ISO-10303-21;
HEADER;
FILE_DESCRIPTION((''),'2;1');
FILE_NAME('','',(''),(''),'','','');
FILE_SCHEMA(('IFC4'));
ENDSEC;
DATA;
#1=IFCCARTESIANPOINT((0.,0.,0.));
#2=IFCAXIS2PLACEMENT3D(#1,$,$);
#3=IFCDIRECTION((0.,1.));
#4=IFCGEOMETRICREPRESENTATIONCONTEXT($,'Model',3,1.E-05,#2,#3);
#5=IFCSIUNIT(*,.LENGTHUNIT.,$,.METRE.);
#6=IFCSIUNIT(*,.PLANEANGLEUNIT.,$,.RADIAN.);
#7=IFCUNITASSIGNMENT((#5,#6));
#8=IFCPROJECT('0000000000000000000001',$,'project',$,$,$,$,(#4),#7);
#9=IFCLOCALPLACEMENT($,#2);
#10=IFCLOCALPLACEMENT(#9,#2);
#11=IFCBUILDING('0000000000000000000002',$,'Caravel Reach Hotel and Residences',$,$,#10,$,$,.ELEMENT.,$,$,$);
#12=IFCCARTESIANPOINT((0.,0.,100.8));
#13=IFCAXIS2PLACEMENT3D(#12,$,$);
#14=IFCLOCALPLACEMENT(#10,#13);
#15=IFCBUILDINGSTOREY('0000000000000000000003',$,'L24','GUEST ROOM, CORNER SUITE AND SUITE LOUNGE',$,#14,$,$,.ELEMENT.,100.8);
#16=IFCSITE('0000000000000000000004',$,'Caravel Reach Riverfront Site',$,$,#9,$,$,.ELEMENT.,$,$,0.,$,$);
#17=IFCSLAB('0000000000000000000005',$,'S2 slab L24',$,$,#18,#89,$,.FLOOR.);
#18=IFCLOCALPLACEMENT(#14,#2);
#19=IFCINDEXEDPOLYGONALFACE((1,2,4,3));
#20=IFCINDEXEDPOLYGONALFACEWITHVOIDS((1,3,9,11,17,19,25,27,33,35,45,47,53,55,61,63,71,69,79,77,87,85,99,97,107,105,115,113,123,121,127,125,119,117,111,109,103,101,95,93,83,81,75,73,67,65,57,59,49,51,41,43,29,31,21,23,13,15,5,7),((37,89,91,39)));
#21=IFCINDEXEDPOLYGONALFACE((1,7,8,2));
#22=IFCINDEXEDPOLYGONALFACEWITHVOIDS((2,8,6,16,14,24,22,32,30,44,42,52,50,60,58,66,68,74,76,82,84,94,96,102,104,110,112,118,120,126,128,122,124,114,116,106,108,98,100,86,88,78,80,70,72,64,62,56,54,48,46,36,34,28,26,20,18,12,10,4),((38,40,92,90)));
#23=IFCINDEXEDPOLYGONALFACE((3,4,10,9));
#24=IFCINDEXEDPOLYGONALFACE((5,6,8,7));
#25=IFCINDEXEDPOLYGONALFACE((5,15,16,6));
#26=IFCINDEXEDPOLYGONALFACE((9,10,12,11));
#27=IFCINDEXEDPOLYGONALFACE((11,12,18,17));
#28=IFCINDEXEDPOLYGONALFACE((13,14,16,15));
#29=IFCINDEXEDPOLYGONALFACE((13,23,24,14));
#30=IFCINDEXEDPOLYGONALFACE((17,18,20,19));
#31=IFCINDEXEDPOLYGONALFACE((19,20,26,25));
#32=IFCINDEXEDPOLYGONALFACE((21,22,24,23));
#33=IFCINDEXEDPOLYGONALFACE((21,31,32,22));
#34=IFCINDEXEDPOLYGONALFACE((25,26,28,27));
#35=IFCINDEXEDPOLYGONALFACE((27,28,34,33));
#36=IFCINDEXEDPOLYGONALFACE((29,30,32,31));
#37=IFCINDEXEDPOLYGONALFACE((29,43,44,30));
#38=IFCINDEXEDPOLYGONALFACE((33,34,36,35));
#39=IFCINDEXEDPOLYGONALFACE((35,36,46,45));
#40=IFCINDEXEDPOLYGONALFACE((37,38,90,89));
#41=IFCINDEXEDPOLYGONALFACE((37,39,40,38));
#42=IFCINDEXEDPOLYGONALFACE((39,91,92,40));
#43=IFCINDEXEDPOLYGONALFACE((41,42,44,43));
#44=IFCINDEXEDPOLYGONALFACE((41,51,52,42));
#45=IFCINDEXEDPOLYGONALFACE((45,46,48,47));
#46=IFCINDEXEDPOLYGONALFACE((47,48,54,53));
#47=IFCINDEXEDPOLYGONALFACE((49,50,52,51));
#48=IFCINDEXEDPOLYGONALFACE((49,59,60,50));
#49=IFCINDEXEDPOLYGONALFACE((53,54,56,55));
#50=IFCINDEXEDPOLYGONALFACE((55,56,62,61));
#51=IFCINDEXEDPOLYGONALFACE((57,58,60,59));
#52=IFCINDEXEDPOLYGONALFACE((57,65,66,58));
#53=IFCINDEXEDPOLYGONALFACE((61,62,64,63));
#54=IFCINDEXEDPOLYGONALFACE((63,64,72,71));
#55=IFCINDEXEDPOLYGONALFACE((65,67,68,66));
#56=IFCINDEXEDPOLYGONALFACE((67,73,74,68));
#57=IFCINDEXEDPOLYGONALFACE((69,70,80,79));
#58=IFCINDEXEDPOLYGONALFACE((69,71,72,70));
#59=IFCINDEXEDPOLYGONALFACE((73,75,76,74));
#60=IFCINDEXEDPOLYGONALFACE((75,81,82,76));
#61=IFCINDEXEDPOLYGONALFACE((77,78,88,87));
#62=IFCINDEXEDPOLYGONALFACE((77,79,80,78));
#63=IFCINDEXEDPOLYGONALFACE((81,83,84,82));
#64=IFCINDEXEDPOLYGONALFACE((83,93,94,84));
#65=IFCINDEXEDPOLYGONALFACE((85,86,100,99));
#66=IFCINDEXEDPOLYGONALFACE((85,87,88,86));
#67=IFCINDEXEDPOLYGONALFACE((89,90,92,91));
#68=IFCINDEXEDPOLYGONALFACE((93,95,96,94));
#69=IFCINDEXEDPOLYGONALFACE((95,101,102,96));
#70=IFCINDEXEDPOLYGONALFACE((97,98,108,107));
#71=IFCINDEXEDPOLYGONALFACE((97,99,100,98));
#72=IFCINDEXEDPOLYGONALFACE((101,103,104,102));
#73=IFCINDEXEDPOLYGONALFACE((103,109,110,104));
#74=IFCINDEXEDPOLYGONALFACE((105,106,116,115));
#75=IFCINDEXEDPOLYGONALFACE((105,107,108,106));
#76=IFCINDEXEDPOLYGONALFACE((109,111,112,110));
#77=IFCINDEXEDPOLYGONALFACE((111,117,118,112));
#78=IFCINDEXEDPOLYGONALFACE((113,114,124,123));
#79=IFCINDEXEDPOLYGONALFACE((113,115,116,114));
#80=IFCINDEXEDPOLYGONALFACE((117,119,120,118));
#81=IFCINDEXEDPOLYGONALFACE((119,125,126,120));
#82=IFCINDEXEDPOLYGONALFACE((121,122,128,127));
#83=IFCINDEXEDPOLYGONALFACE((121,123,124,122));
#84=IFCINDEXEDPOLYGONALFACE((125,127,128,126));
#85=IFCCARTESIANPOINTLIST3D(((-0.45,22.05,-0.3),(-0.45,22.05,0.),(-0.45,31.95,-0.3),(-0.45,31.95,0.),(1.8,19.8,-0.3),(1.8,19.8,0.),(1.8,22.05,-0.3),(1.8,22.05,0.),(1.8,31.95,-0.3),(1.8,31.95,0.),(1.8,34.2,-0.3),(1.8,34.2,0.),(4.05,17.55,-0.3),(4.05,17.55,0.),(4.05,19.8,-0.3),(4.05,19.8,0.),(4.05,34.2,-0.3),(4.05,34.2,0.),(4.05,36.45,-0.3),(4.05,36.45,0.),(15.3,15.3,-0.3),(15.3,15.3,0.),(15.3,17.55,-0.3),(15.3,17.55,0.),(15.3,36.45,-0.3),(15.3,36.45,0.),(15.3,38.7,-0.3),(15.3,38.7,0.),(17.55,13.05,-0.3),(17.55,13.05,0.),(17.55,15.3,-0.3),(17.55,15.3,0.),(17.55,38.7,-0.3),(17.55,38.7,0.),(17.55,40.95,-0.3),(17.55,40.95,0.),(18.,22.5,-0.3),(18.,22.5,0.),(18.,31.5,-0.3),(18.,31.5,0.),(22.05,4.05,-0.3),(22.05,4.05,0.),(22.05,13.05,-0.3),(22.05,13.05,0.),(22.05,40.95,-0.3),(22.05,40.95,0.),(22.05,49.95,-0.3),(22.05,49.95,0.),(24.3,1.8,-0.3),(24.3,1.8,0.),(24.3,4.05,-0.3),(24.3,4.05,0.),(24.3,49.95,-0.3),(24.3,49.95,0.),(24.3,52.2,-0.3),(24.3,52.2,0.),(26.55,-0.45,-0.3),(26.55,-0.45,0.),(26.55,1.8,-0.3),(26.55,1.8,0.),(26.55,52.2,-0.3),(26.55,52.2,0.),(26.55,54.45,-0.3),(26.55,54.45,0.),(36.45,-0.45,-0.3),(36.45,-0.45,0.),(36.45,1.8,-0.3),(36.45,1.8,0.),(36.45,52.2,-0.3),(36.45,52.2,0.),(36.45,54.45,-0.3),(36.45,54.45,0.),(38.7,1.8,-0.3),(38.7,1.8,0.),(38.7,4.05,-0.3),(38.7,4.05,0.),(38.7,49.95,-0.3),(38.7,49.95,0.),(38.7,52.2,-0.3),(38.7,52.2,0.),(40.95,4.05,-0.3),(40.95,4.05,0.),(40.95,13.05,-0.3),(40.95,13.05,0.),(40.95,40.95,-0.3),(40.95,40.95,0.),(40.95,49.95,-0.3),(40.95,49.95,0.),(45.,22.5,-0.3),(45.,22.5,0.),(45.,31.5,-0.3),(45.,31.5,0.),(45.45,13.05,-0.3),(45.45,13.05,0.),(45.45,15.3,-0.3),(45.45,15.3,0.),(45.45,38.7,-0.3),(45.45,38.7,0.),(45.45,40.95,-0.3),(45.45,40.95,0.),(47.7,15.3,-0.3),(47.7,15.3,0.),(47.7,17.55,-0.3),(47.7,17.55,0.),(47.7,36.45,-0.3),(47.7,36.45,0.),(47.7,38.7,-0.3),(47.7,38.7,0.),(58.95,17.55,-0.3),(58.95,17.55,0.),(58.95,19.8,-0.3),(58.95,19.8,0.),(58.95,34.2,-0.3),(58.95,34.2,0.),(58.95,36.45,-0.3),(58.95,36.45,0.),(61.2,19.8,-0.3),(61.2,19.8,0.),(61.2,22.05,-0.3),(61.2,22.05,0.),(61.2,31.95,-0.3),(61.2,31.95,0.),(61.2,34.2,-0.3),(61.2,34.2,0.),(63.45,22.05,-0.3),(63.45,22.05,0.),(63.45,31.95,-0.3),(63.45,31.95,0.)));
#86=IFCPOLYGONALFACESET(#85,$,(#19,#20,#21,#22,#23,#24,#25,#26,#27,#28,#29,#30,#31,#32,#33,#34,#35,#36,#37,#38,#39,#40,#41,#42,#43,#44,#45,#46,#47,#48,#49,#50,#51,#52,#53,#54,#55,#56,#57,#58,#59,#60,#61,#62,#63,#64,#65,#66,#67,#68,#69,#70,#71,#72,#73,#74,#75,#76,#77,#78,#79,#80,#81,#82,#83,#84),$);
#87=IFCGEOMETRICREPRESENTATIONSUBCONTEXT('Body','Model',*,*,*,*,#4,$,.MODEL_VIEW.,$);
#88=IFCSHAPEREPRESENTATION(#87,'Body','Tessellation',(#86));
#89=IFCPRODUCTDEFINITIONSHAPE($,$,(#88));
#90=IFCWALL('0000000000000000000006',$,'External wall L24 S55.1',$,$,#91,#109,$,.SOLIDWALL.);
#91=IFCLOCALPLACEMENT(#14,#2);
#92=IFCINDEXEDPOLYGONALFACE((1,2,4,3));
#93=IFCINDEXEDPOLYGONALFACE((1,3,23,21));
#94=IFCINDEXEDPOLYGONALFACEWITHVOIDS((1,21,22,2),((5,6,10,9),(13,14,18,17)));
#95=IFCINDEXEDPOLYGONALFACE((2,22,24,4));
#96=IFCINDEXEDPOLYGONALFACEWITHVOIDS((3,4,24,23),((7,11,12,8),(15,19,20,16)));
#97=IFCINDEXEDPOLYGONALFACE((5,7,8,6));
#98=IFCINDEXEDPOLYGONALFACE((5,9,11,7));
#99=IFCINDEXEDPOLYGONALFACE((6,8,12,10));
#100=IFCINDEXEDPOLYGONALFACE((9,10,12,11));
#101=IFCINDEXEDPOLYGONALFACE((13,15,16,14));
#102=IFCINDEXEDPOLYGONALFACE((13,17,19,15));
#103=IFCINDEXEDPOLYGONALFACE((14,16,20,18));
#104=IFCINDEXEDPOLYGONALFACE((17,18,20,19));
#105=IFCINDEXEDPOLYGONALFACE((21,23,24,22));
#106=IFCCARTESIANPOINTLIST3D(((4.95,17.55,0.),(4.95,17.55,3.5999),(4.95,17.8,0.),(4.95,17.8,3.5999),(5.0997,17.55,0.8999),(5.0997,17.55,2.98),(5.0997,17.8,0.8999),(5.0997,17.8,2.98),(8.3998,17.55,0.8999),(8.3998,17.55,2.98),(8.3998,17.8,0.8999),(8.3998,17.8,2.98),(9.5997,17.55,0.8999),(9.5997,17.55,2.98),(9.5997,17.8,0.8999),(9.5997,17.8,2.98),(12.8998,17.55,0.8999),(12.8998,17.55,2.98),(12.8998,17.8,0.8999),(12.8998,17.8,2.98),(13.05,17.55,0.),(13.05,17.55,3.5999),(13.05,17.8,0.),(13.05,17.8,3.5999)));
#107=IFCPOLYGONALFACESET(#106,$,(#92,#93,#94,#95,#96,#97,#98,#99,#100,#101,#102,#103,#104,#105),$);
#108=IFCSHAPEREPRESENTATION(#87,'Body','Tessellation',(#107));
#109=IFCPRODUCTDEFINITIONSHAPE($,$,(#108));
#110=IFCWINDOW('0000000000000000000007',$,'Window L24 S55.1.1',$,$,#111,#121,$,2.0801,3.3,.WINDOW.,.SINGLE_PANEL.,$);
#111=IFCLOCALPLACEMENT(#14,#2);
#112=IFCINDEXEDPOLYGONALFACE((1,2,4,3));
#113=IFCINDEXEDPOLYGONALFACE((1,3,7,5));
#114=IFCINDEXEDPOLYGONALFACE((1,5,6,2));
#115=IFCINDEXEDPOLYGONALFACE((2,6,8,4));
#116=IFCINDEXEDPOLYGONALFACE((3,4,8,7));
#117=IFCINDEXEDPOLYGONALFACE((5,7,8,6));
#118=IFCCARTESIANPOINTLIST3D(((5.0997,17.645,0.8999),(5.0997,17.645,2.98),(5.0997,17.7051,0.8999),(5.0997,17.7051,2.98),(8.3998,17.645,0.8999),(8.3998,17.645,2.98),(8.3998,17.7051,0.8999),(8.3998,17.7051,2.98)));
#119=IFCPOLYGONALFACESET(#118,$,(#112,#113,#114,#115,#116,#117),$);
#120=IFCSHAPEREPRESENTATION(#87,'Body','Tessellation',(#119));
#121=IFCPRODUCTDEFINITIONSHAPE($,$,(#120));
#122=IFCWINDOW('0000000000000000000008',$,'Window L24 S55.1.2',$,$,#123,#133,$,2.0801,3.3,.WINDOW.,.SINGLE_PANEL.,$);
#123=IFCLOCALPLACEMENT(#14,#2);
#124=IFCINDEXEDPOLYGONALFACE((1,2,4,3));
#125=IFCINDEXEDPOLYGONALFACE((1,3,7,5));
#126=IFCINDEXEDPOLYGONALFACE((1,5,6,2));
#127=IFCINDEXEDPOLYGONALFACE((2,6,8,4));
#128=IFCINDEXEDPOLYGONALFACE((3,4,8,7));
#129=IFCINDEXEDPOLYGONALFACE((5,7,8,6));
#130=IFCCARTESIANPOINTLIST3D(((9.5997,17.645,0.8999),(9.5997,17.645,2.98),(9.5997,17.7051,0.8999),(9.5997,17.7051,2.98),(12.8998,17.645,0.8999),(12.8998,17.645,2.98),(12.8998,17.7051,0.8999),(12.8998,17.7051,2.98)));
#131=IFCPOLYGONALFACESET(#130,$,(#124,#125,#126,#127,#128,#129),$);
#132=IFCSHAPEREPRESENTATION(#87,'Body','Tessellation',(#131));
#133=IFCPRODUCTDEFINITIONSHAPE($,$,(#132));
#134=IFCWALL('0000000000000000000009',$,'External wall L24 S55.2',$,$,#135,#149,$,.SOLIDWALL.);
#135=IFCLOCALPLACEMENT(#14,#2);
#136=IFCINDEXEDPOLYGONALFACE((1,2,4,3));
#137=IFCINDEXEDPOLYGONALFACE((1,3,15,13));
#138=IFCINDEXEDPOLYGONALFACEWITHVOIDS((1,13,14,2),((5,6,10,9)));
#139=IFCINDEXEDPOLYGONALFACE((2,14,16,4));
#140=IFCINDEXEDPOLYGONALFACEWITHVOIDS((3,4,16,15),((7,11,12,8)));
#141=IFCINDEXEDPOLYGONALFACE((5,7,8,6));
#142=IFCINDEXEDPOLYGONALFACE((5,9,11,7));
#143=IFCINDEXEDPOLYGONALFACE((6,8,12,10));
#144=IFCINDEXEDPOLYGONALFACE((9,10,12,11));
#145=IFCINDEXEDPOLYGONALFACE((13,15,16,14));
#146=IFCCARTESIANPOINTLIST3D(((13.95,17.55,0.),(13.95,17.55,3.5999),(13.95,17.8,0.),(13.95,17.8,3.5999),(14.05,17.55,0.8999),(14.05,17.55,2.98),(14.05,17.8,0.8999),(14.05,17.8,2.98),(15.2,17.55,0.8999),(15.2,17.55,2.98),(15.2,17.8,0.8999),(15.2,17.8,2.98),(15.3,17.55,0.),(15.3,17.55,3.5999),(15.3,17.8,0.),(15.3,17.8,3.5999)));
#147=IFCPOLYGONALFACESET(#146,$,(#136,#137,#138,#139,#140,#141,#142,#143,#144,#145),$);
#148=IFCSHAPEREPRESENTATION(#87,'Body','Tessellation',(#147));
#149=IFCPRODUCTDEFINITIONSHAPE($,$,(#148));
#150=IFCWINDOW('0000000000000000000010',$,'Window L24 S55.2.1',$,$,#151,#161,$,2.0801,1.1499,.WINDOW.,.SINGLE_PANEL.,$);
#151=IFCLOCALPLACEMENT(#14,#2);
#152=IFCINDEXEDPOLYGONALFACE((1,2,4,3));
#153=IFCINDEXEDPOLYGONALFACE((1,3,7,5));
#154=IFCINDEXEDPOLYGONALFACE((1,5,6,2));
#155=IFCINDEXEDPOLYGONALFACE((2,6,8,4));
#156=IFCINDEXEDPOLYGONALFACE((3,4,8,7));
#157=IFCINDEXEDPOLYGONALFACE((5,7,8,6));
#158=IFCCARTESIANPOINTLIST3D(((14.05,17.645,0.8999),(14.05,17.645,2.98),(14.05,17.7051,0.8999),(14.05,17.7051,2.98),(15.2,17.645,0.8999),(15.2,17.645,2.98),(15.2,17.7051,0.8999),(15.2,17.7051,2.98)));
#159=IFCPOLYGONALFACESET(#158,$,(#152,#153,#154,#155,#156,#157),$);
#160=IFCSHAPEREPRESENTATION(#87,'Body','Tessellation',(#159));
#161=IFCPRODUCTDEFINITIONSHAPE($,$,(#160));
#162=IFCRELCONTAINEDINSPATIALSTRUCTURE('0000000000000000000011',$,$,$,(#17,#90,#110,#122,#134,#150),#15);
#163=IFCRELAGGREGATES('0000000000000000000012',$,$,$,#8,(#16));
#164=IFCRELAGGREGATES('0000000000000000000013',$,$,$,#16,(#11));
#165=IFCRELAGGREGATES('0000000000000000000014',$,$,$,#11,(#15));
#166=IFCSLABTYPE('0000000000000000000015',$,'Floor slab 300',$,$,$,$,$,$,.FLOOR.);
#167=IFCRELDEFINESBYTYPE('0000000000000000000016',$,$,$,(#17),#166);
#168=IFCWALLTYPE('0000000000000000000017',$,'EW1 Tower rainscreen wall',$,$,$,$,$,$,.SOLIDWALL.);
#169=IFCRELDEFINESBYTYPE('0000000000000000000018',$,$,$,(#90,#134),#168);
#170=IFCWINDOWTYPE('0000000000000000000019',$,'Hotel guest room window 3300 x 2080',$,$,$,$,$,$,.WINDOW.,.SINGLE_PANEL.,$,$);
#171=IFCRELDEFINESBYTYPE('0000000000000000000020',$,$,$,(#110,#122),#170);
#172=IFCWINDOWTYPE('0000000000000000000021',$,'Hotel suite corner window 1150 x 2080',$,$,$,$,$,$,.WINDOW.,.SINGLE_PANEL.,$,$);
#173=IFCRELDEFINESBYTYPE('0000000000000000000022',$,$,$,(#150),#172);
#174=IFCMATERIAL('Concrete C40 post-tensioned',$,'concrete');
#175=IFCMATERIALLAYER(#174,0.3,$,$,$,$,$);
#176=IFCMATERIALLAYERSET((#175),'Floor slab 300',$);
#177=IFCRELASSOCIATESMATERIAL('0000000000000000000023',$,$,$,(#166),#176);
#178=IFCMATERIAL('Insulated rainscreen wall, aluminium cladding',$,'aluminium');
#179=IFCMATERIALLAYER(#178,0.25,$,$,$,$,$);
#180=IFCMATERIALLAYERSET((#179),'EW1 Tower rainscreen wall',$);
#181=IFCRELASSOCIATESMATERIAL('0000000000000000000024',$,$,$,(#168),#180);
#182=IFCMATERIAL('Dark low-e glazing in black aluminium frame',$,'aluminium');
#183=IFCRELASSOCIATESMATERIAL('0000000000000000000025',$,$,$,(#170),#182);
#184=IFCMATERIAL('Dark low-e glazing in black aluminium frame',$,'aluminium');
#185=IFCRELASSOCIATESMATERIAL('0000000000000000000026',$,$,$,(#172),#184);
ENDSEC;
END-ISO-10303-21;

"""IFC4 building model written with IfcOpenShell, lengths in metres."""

from ifc_helpers import new_model, si_unit, direction, frame, frame_2d, origin, place, context, subcontext, project, spatial, polyline, rectangle, outline, extrude, material, layer, layer_set, type_object, element, fill, save


model = new_model("IFC4")

# Units and contexts
model_context = context("Model", 3, precision=1e-05, world=origin(), true_north=direction((0.0, 1.0)))
body_context = subcontext(model_context, "Body", "Model", "MODEL_VIEW")
ifc_project = project(units=[si_unit("LENGTHUNIT", "METRE"), si_unit("PLANEANGLEUNIT", "RADIAN")], contexts=[model_context])

# Site, building, storey
site_placement = place(None, origin())
site = spatial("IfcSite", under=ifc_project, at=site_placement, Name="Caravel Reach Riverfront Site", CompositionType="ELEMENT", RefElevation=0.0)
building_placement = place(site_placement, origin())
building = spatial("IfcBuilding", under=site, at=building_placement, Name="Caravel Reach Hotel and Residences", CompositionType="ELEMENT")
storey_placement = place(building_placement, frame((0.0, 0.0, 100.8)))
storey = spatial("IfcBuildingStorey", under=building, at=storey_placement, Name="L24", Description="GUEST ROOM, CORNER SUITE AND SUITE LOUNGE", CompositionType="ELEMENT", Elevation=100.8)

# Slab
ifc_material_1 = material(Name="Concrete C40 post-tensioned", Category="concrete")
ifc_layer_1 = layer(ifc_material_1, 0.3)
ifc_layer_set_1 = layer_set([ifc_layer_1], Name="Floor slab 300")
slab_type_1 = type_object("IfcSlabType", Name="Floor slab 300", PredefinedType="FLOOR", material=ifc_layer_set_1)
slab_1_placement = place(storey_placement, frame((0.0, 0.0, -0.3)))
element("IfcSlab", 1, at=slab_1_placement, inside=storey, type_object=slab_type_1, Name="S2 slab L24", PredefinedType="FLOOR", context=body_context, shape_type="SweptSolid", body=[
    extrude(outline(polyline([(17.55, 13.05), (17.55, 15.3), (15.3, 15.3), (15.3, 17.55), (4.05, 17.55), (4.05, 19.8), (1.8, 19.8), (1.8, 22.05), (-0.45, 22.05), (-0.45, 31.95), (1.8, 31.95), (1.8, 34.2), (4.05, 34.2), (4.05, 36.45), (15.3, 36.45), (15.3, 38.7), (17.55, 38.7), (17.55, 40.95), (22.05, 40.95), (22.05, 49.95), (24.3, 49.95), (24.3, 52.2), (26.55, 52.2), (26.55, 54.45), (36.45, 54.45), (36.45, 52.2), (38.7, 52.2), (38.7, 49.95), (40.95, 49.95), (40.95, 40.95), (45.45, 40.95), (45.45, 38.7), (47.7, 38.7), (47.7, 36.45), (58.95, 36.45), (58.95, 34.2), (61.2, 34.2), (61.2, 31.95), (63.45, 31.95), (63.45, 22.05), (61.2, 22.05), (61.2, 19.8), (58.95, 19.8), (58.95, 17.55), (47.7, 17.55), (47.7, 15.3), (45.45, 15.3), (45.45, 13.05), (40.95, 13.05), (40.95, 4.05), (38.7, 4.05), (38.7, 1.8), (36.45, 1.8), (36.45, -0.45), (26.55, -0.45), (26.55, 1.8), (24.3, 1.8), (24.3, 4.05), (22.05, 4.05), (22.05, 13.05), (17.55, 13.05)]), holes=[polyline([(45.0, 31.5), (18.0, 31.5), (18.0, 22.5), (45.0, 22.5), (45.0, 31.5)])]), origin(), (0.0, 0.0, 1.0), 0.3),
])

# Wall, openings, windows
ifc_material_2 = material(Name="Insulated rainscreen wall, aluminium cladding", Category="aluminium")
ifc_layer_2 = layer(ifc_material_2, 0.25)
ifc_layer_set_2 = layer_set([ifc_layer_2], Name="EW1 Tower rainscreen wall")
wall_type_1 = type_object("IfcWallType", Name="EW1 Tower rainscreen wall", PredefinedType="SOLIDWALL", material=ifc_layer_set_2)
wall_1_placement = place(storey_placement, frame((4.95, 17.675, 0.0), z_axis=(0.0, 0.0, 1.0), x_axis=(1.0, 0.0, 0.0)))
wall_1 = element("IfcWall", 2, at=wall_1_placement, inside=storey, type_object=wall_type_1, Name="External wall L24 S55.1", PredefinedType="SOLIDWALL", context=body_context, shape_type="SweptSolid", body=[
    extrude(rectangle(XDim=8.1001, YDim=0.25, at=frame_2d((4.05, 0.0))), origin(), (0.0, 0.0, 1.0), 3.5999),
])
opening_1_placement = place(wall_1_placement, frame((0.1499, 0.0, 0.8999)))
opening_1 = element("IfcOpeningElement", 3, at=opening_1_placement, cuts=wall_1, PredefinedType="OPENING", context=body_context, shape_type="SweptSolid", body=[
    extrude(rectangle(XDim=3.3, YDim=2.0801, at=frame_2d((1.6499, 1.04))), frame((0.0, 0.135, 0.0), z_axis=(0.0, -1.0, 0.0), x_axis=(1.0, 0.0, 0.0)), (0.0, 0.0, 1.0), 0.27),
])
opening_2_placement = place(wall_1_placement, frame((4.6499, 0.0, 0.8999)))
opening_2 = element("IfcOpeningElement", 4, at=opening_2_placement, cuts=wall_1, PredefinedType="OPENING", context=body_context, shape_type="SweptSolid", body=[
    extrude(rectangle(XDim=3.3, YDim=2.0801, at=frame_2d((1.6499, 1.04))), frame((0.0, 0.135, 0.0), z_axis=(0.0, -1.0, 0.0), x_axis=(1.0, 0.0, 0.0)), (0.0, 0.0, 1.0), 0.27),
])
ifc_material_3 = material(Name="Dark low-e glazing in black aluminium frame", Category="aluminium")
window_type_1 = type_object("IfcWindowType", Name="Hotel guest room window 3300 x 2080", PartitioningType="SINGLE_PANEL", PredefinedType="WINDOW", material=ifc_material_3)
window_1_placement = place(opening_1_placement, origin())
window_1 = element("IfcWindow", 5, at=window_1_placement, inside=storey, type_object=window_type_1, Name="Window L24 S55.1.1", OverallHeight=2.0801, OverallWidth=3.3, PartitioningType="SINGLE_PANEL", PredefinedType="WINDOW", context=body_context, shape_type="SweptSolid", body=[
    extrude(rectangle(XDim=3.3, YDim=2.0801, at=frame_2d((1.6499, 1.04))), frame((0.0, 0.03, 0.0), z_axis=(0.0, -1.0, 0.0), x_axis=(1.0, 0.0, 0.0)), (0.0, 0.0, 1.0), 0.0601),
])
fill(opening_1, window_1)
window_2_placement = place(opening_2_placement, origin())
window_2 = element("IfcWindow", 6, at=window_2_placement, inside=storey, type_object=window_type_1, Name="Window L24 S55.1.2", OverallHeight=2.0801, OverallWidth=3.3, PartitioningType="SINGLE_PANEL", PredefinedType="WINDOW", context=body_context, shape_type="SweptSolid", body=[
    extrude(rectangle(XDim=3.3, YDim=2.0801, at=frame_2d((1.6499, 1.04))), frame((0.0, 0.03, 0.0), z_axis=(0.0, -1.0, 0.0), x_axis=(1.0, 0.0, 0.0)), (0.0, 0.0, 1.0), 0.0601),
])
fill(opening_2, window_2)

# Wall, opening, window
wall_2_placement = place(storey_placement, frame((13.95, 17.675, 0.0), z_axis=(0.0, 0.0, 1.0), x_axis=(1.0, 0.0, 0.0)))
wall_2 = element("IfcWall", 7, at=wall_2_placement, inside=storey, type_object=wall_type_1, Name="External wall L24 S55.2", PredefinedType="SOLIDWALL", context=body_context, shape_type="SweptSolid", body=[
    extrude(rectangle(XDim=1.3501, YDim=0.25, at=frame_2d((0.675, 0.0))), origin(), (0.0, 0.0, 1.0), 3.5999),
])
opening_3_placement = place(wall_2_placement, frame((0.1001, 0.0, 0.8999)))
opening_3 = element("IfcOpeningElement", 8, at=opening_3_placement, cuts=wall_2, PredefinedType="OPENING", context=body_context, shape_type="SweptSolid", body=[
    extrude(rectangle(XDim=1.1499, YDim=2.0801, at=frame_2d((0.575, 1.04))), frame((0.0, 0.135, 0.0), z_axis=(0.0, -1.0, 0.0), x_axis=(1.0, 0.0, 0.0)), (0.0, 0.0, 1.0), 0.27),
])
ifc_material_4 = material(Name="Dark low-e glazing in black aluminium frame", Category="aluminium")
window_type_2 = type_object("IfcWindowType", Name="Hotel suite corner window 1150 x 2080", PartitioningType="SINGLE_PANEL", PredefinedType="WINDOW", material=ifc_material_4)
window_3_placement = place(opening_3_placement, origin())
window_3 = element("IfcWindow", 9, at=window_3_placement, inside=storey, type_object=window_type_2, Name="Window L24 S55.2.1", OverallHeight=2.0801, OverallWidth=1.1499, PartitioningType="SINGLE_PANEL", PredefinedType="WINDOW", context=body_context, shape_type="SweptSolid", body=[
    extrude(rectangle(XDim=1.1499, YDim=2.0801, at=frame_2d((0.575, 1.04))), frame((0.0, 0.03, 0.0), z_axis=(0.0, -1.0, 0.0), x_axis=(1.0, 0.0, 0.0)), (0.0, 0.0, 1.0), 0.0601),
])
fill(opening_3, window_3)

save(model, "model.ifc")
